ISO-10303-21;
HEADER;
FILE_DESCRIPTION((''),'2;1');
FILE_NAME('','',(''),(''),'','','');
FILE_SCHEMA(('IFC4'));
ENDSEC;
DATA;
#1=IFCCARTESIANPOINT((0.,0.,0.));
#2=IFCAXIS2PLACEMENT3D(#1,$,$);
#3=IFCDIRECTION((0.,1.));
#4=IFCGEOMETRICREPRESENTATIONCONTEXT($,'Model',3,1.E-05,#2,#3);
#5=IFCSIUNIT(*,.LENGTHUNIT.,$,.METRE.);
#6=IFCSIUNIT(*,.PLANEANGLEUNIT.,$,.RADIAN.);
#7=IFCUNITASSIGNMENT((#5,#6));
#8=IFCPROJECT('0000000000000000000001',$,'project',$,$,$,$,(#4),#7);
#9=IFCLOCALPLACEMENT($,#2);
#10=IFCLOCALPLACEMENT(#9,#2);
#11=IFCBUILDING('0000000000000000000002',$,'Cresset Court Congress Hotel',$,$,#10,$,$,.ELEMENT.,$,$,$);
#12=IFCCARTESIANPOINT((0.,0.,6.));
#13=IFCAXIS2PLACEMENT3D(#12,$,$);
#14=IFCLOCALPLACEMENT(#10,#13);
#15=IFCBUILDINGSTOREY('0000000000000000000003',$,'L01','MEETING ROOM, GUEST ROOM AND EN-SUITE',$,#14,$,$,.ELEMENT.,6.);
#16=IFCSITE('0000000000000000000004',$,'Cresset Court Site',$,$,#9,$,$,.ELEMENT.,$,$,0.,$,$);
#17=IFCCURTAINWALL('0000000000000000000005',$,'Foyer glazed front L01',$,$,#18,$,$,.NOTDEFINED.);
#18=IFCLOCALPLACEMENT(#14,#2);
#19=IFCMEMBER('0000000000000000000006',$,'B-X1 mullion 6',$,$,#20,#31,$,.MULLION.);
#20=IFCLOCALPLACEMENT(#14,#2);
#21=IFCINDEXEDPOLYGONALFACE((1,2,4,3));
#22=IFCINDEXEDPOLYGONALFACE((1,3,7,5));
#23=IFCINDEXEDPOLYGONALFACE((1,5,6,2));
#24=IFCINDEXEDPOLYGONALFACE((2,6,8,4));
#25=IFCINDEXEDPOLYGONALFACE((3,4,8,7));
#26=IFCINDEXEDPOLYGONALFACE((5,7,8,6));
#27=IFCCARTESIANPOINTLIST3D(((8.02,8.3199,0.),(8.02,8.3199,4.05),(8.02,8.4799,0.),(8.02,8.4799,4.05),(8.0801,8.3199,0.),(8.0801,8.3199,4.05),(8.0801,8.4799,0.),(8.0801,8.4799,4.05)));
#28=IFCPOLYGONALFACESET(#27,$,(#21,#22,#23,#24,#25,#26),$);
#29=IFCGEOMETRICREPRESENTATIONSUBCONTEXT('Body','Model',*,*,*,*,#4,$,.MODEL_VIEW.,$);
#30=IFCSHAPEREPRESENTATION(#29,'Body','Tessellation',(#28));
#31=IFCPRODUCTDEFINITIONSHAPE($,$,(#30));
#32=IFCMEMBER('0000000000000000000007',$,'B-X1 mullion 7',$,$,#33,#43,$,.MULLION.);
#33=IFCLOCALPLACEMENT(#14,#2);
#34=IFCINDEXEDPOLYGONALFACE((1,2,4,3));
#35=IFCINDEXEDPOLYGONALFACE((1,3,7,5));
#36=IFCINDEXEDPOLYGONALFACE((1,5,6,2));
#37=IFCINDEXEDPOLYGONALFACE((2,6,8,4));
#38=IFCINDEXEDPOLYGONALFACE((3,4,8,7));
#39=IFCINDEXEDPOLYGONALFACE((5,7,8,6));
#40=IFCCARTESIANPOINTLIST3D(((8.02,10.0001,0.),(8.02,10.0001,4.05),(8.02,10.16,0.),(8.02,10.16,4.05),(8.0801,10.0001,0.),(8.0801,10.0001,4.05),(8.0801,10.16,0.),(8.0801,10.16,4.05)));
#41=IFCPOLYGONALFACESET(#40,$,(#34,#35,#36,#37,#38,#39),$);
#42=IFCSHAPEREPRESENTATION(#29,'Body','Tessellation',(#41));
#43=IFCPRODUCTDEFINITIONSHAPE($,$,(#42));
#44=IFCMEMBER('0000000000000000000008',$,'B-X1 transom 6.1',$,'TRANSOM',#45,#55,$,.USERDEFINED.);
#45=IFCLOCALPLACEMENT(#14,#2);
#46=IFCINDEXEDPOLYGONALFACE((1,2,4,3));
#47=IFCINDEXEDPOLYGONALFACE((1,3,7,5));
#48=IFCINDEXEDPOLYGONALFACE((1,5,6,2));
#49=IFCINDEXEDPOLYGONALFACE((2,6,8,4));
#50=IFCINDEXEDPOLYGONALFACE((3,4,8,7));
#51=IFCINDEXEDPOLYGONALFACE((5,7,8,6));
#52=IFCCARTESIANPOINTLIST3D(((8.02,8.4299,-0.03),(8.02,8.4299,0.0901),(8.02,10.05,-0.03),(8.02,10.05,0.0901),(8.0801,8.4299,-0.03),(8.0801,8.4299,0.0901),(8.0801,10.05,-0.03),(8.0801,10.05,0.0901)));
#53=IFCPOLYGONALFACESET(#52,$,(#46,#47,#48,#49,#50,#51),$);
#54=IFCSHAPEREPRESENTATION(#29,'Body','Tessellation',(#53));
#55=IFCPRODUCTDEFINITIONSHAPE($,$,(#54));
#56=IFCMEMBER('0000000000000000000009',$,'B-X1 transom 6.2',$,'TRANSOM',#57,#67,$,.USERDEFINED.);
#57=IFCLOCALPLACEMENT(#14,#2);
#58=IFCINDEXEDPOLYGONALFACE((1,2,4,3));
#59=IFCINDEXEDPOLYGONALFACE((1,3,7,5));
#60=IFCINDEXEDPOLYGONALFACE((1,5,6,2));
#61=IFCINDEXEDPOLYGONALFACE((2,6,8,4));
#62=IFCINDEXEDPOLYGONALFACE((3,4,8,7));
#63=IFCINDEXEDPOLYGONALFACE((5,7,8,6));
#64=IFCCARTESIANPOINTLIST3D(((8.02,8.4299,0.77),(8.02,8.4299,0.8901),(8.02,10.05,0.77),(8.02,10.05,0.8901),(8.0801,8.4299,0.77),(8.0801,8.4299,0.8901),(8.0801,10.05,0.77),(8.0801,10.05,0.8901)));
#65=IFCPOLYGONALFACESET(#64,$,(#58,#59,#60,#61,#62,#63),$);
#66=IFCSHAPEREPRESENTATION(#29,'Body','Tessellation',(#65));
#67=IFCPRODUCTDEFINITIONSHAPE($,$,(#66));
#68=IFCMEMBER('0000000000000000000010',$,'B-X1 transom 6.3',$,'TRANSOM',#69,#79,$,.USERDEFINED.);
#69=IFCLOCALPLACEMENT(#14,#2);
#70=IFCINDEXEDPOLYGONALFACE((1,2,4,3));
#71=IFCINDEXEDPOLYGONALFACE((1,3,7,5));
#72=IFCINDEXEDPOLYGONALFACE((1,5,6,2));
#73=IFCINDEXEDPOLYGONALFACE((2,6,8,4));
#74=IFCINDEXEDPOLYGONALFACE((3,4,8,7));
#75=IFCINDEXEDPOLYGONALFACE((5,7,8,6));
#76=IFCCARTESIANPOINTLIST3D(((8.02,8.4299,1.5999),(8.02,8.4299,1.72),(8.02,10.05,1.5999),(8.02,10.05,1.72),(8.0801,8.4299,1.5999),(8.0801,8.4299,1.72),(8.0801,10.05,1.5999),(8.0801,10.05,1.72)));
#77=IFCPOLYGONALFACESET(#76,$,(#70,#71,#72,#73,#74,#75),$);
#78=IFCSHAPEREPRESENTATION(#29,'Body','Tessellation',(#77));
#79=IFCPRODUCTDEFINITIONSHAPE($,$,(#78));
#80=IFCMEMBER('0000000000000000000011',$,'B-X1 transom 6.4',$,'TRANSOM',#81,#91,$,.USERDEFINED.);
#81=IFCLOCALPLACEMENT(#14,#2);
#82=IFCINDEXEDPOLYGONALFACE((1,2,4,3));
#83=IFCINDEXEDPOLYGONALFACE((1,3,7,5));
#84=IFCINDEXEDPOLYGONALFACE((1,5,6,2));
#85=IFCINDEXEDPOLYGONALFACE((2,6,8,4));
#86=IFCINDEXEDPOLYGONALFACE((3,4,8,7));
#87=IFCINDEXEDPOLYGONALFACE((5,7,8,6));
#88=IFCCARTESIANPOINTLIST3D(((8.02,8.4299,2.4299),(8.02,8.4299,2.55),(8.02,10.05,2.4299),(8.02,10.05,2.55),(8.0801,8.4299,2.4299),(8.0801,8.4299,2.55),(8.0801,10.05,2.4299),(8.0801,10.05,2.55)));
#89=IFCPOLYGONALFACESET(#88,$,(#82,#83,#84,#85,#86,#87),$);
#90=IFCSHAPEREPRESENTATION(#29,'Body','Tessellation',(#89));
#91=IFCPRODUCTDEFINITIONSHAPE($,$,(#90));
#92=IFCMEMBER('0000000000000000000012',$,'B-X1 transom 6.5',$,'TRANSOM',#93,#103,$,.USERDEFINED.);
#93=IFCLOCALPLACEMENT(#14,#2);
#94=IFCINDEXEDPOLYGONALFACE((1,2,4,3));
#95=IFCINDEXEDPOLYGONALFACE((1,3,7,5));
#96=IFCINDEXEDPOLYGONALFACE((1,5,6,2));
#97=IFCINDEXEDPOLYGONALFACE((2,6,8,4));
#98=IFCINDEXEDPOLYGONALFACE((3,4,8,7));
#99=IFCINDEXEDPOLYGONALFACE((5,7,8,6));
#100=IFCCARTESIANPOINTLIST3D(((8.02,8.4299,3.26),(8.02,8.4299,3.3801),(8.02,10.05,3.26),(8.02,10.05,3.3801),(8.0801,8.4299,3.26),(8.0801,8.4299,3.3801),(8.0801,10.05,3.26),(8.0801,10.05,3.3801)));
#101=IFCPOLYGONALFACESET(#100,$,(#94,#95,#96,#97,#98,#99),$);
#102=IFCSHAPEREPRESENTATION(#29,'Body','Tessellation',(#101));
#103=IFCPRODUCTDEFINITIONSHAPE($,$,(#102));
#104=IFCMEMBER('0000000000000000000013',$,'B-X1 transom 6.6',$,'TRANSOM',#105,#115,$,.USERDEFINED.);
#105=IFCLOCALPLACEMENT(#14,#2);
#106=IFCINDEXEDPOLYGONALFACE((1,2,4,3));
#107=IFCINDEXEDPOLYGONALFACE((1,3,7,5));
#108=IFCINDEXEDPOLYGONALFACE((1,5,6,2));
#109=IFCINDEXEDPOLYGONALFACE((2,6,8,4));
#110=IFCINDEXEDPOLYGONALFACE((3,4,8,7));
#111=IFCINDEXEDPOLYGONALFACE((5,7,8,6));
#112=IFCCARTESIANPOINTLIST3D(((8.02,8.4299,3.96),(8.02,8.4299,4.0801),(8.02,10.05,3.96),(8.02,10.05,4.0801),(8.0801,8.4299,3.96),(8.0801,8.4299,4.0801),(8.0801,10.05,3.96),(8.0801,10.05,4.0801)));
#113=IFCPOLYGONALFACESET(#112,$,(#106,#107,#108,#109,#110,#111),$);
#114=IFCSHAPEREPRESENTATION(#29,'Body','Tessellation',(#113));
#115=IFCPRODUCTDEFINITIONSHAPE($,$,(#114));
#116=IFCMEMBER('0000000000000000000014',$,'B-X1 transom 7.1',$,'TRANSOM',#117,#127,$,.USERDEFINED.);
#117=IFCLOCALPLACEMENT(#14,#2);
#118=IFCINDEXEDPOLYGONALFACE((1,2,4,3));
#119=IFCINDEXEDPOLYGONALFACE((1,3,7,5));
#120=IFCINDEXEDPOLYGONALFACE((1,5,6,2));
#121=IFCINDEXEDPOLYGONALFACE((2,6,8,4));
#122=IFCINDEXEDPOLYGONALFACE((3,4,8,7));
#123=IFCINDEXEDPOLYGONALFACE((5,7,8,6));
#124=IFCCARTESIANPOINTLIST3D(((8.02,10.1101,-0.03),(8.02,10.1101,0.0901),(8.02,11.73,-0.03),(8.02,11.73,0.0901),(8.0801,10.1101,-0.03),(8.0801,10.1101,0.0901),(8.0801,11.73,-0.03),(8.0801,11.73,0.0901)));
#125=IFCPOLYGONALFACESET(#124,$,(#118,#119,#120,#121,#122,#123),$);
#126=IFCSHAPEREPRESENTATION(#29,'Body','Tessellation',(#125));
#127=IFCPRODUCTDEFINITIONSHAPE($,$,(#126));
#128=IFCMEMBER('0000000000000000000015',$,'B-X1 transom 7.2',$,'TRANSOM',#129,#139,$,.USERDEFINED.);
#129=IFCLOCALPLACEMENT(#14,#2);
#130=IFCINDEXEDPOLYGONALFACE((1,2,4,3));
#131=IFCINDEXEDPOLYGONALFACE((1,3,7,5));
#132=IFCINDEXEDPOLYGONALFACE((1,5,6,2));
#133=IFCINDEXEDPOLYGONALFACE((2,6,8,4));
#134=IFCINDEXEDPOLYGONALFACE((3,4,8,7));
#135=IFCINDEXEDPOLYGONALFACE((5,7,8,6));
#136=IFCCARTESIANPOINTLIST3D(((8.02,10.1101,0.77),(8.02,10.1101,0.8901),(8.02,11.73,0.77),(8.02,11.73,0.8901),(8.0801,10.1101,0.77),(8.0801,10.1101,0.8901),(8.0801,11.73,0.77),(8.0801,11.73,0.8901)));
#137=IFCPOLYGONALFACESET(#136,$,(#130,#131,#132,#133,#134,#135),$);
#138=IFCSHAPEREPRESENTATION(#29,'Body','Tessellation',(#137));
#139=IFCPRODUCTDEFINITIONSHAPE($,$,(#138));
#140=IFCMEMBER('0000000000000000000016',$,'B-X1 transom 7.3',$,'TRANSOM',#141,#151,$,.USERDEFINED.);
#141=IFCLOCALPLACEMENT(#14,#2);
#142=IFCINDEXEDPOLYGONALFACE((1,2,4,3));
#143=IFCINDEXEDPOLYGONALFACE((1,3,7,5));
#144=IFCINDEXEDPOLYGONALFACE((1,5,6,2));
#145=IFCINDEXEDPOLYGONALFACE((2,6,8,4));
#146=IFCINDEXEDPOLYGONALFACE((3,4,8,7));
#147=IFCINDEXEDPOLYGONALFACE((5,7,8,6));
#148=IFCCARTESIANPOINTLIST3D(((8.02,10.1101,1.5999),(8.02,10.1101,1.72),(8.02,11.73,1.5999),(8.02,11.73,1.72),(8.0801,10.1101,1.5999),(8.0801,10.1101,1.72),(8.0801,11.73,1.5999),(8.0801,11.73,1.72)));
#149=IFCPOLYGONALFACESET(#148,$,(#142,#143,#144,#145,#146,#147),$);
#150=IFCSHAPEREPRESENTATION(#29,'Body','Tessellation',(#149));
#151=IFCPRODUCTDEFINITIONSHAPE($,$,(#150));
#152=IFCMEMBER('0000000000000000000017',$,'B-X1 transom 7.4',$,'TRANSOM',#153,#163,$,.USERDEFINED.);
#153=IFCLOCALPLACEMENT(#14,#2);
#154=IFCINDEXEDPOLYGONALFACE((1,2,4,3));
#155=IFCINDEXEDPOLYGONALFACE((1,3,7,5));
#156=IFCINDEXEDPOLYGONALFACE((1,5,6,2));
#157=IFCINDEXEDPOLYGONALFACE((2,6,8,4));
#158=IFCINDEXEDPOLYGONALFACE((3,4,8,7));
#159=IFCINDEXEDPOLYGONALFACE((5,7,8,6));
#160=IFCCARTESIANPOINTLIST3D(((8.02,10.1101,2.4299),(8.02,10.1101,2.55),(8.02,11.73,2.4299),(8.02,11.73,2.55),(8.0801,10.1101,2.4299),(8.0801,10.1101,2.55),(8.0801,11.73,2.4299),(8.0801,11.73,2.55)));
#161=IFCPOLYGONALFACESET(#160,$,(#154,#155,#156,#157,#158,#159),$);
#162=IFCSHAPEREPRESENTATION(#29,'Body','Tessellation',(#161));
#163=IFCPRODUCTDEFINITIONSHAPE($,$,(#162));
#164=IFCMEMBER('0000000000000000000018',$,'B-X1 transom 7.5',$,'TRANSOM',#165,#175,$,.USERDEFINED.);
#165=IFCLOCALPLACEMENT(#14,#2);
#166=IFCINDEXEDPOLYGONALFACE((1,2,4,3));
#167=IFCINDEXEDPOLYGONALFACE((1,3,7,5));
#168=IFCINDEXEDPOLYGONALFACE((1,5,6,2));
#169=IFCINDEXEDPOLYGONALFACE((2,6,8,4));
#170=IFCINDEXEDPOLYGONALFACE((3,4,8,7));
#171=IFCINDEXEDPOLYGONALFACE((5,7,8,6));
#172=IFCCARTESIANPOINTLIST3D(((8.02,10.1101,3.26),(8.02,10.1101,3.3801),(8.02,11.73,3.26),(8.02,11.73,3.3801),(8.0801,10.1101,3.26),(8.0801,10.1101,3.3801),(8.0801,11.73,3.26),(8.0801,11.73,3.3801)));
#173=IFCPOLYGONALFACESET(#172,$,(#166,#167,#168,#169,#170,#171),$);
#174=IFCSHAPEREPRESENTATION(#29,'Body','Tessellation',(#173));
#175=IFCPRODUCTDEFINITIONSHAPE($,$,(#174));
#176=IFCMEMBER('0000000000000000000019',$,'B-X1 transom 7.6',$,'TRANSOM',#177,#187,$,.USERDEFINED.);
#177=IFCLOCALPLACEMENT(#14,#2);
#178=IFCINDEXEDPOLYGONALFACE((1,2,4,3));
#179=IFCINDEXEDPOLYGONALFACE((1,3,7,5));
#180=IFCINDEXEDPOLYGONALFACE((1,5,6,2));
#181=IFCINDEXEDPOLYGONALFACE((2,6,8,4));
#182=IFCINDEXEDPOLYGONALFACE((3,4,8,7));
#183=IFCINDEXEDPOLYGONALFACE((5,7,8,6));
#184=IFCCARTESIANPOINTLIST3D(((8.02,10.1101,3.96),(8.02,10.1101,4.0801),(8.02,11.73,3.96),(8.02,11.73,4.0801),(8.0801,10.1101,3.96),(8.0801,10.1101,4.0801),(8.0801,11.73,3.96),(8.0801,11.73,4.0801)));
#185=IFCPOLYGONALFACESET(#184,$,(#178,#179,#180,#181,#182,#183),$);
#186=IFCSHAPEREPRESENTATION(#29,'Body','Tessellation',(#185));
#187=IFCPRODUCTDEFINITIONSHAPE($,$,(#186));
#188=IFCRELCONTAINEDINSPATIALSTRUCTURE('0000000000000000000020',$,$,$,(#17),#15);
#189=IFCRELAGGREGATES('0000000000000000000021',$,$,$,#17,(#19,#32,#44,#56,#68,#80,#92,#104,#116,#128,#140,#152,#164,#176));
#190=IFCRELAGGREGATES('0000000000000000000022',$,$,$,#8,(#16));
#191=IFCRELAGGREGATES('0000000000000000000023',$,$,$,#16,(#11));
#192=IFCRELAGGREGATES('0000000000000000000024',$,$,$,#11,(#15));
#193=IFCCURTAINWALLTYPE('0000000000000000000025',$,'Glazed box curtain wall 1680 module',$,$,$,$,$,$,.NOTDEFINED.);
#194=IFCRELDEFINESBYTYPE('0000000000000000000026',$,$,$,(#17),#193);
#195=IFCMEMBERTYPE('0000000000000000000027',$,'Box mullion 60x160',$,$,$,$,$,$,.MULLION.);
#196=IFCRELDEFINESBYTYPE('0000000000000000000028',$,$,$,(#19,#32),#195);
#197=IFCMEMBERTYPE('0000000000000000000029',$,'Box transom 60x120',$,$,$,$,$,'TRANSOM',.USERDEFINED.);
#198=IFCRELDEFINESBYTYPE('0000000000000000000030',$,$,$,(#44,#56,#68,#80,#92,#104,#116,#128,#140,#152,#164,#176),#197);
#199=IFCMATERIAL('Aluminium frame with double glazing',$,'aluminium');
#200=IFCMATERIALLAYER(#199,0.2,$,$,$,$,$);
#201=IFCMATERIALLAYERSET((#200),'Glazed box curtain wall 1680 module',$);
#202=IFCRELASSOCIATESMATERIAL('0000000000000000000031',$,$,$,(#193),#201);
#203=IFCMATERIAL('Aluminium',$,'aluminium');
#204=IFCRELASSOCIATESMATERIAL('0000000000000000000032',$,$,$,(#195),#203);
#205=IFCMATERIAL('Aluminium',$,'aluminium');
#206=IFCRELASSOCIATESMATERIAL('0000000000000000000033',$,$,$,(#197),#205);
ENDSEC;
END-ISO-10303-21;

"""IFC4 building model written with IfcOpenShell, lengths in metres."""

from ifc_helpers import new_model, si_unit, direction, frame, origin, origin_2d, place, context, subcontext, project, spatial, rectangle, extrude, material, layer, layer_set, material_profile, profile_set, type_object, element, aggregate, save


model = new_model("IFC4")

# Units and contexts
model_context = context("Model", 3, precision=1e-05, world=origin(), true_north=direction((0.0, 1.0)))
body_context = subcontext(model_context, "Body", "Model", "MODEL_VIEW")
ifc_project = project(units=[si_unit("LENGTHUNIT", "METRE"), si_unit("PLANEANGLEUNIT", "RADIAN")], contexts=[model_context])

# Site, building, storey
site_placement = place(None, origin())
site = spatial("IfcSite", under=ifc_project, at=site_placement, Name="Cresset Court Site", CompositionType="ELEMENT", RefElevation=0.0)
building_placement = place(site_placement, origin())
building = spatial("IfcBuilding", under=site, at=building_placement, Name="Cresset Court Congress Hotel", CompositionType="ELEMENT")
storey_placement = place(building_placement, frame((0.0, 0.0, 6.0)))
storey = spatial("IfcBuildingStorey", under=building, at=storey_placement, Name="L01", Description="MEETING ROOM, GUEST ROOM AND EN-SUITE", CompositionType="ELEMENT", Elevation=6.0)

# Curtain wall, members
ifc_material_1 = material(Name="Aluminium frame with double glazing", Category="aluminium")
ifc_layer_1 = layer(ifc_material_1, 0.2)
ifc_layer_set_1 = layer_set([ifc_layer_1], Name="Glazed box curtain wall 1680 module")
curtain_wall_type = type_object("IfcCurtainWallType", Name="Glazed box curtain wall 1680 module", PredefinedType="NOTDEFINED", material=ifc_layer_set_1)
curtain_wall_placement = place(storey_placement, origin())
curtain_wall = element("IfcCurtainWall", 1, at=curtain_wall_placement, inside=storey, type_object=curtain_wall_type, Name="Foyer glazed front L01", PredefinedType="NOTDEFINED")
ifc_material_2 = material(Name="Aluminium", Category="aluminium")
ifc_material_profile_1 = material_profile(ifc_material_2, rectangle(XDim=0.0601, YDim=0.1599, at=origin_2d()), Name="Box mullion 60x160")
ifc_profile_set_1 = profile_set([ifc_material_profile_1], Name="Aluminium")
member_type_1 = type_object("IfcMemberType", Name="Box mullion 60x160", PredefinedType="MULLION", material=ifc_profile_set_1)
member_1_placement = place(storey_placement, frame((8.05, 8.3999, 0.0), z_axis=(0.0, 0.0, 1.0), x_axis=(-1.0, 0.0, 0.0)))
member_1 = element("IfcMember", 2, at=member_1_placement, type_object=member_type_1, Name="B-X1 mullion 6", PredefinedType="MULLION", context=body_context, shape_type="SweptSolid", body=[
    extrude(rectangle(XDim=0.0601, YDim=0.1599, at=origin_2d()), origin(), (0.0, 0.0, 1.0), 4.05),
])
member_2_placement = place(storey_placement, frame((8.05, 10.0801, 0.0), z_axis=(0.0, 0.0, 1.0), x_axis=(-1.0, 0.0, 0.0)))
member_2 = element("IfcMember", 3, at=member_2_placement, type_object=member_type_1, Name="B-X1 mullion 7", PredefinedType="MULLION", context=body_context, shape_type="SweptSolid", body=[
    extrude(rectangle(XDim=0.0601, YDim=0.1599, at=origin_2d()), origin(), (0.0, 0.0, 1.0), 4.05),
])
ifc_material_3 = material(Name="Aluminium", Category="aluminium")
ifc_material_profile_2 = material_profile(ifc_material_3, rectangle(XDim=0.0601, YDim=0.1201, at=origin_2d()), Name="Box transom 60x120")
ifc_profile_set_2 = profile_set([ifc_material_profile_2], Name="Aluminium")
member_type_2 = type_object("IfcMemberType", Name="Box transom 60x120", ElementType="TRANSOM", PredefinedType="USERDEFINED", material=ifc_profile_set_2)
member_3_placement = place(storey_placement, frame((8.05, 8.4299, 0.03), z_axis=(0.0, 1.0, 0.0), x_axis=(-1.0, 0.0, 0.0)))
member_3 = element("IfcMember", 4, at=member_3_placement, type_object=member_type_2, Name="B-X1 transom 6.1", ObjectType="TRANSOM", PredefinedType="USERDEFINED", context=body_context, shape_type="SweptSolid", body=[
    extrude(rectangle(XDim=0.0601, YDim=0.1201, at=origin_2d()), origin(), (0.0, 0.0, 1.0), 1.6201),
])
member_4_placement = place(storey_placement, frame((8.05, 8.4299, 0.8301), z_axis=(0.0, 1.0, 0.0), x_axis=(-1.0, 0.0, 0.0)))
member_4 = element("IfcMember", 5, at=member_4_placement, type_object=member_type_2, Name="B-X1 transom 6.2", ObjectType="TRANSOM", PredefinedType="USERDEFINED", context=body_context, shape_type="SweptSolid", body=[
    extrude(rectangle(XDim=0.0601, YDim=0.1201, at=origin_2d()), origin(), (0.0, 0.0, 1.0), 1.6201),
])
member_5_placement = place(storey_placement, frame((8.05, 8.4299, 1.6599), z_axis=(0.0, 1.0, 0.0), x_axis=(-1.0, 0.0, 0.0)))
member_5 = element("IfcMember", 6, at=member_5_placement, type_object=member_type_2, Name="B-X1 transom 6.3", ObjectType="TRANSOM", PredefinedType="USERDEFINED", context=body_context, shape_type="SweptSolid", body=[
    extrude(rectangle(XDim=0.0601, YDim=0.1201, at=origin_2d()), origin(), (0.0, 0.0, 1.0), 1.6201),
])
member_6_placement = place(storey_placement, frame((8.05, 8.4299, 2.49), z_axis=(0.0, 1.0, 0.0), x_axis=(-1.0, 0.0, 0.0)))
member_6 = element("IfcMember", 7, at=member_6_placement, type_object=member_type_2, Name="B-X1 transom 6.4", ObjectType="TRANSOM", PredefinedType="USERDEFINED", context=body_context, shape_type="SweptSolid", body=[
    extrude(rectangle(XDim=0.0601, YDim=0.1201, at=origin_2d()), origin(), (0.0, 0.0, 1.0), 1.6201),
])
member_7_placement = place(storey_placement, frame((8.05, 8.4299, 3.3201), z_axis=(0.0, 1.0, 0.0), x_axis=(-1.0, 0.0, 0.0)))
member_7 = element("IfcMember", 8, at=member_7_placement, type_object=member_type_2, Name="B-X1 transom 6.5", ObjectType="TRANSOM", PredefinedType="USERDEFINED", context=body_context, shape_type="SweptSolid", body=[
    extrude(rectangle(XDim=0.0601, YDim=0.1201, at=origin_2d()), origin(), (0.0, 0.0, 1.0), 1.6201),
])
member_8_placement = place(storey_placement, frame((8.05, 8.4299, 4.02), z_axis=(0.0, 1.0, 0.0), x_axis=(-1.0, 0.0, 0.0)))
member_8 = element("IfcMember", 9, at=member_8_placement, type_object=member_type_2, Name="B-X1 transom 6.6", ObjectType="TRANSOM", PredefinedType="USERDEFINED", context=body_context, shape_type="SweptSolid", body=[
    extrude(rectangle(XDim=0.0601, YDim=0.1201, at=origin_2d()), origin(), (0.0, 0.0, 1.0), 1.6201),
])
member_9_placement = place(storey_placement, frame((8.05, 10.1101, 0.03), z_axis=(0.0, 1.0, 0.0), x_axis=(-1.0, 0.0, 0.0)))
member_9 = element("IfcMember", 10, at=member_9_placement, type_object=member_type_2, Name="B-X1 transom 7.1", ObjectType="TRANSOM", PredefinedType="USERDEFINED", context=body_context, shape_type="SweptSolid", body=[
    extrude(rectangle(XDim=0.0601, YDim=0.1201, at=origin_2d()), origin(), (0.0, 0.0, 1.0), 1.6199),
])
member_10_placement = place(storey_placement, frame((8.05, 10.1101, 0.8301), z_axis=(0.0, 1.0, 0.0), x_axis=(-1.0, 0.0, 0.0)))
member_10 = element("IfcMember", 11, at=member_10_placement, type_object=member_type_2, Name="B-X1 transom 7.2", ObjectType="TRANSOM", PredefinedType="USERDEFINED", context=body_context, shape_type="SweptSolid", body=[
    extrude(rectangle(XDim=0.0601, YDim=0.1201, at=origin_2d()), origin(), (0.0, 0.0, 1.0), 1.6199),
])
member_11_placement = place(storey_placement, frame((8.05, 10.1101, 1.6599), z_axis=(0.0, 1.0, 0.0), x_axis=(-1.0, 0.0, 0.0)))
member_11 = element("IfcMember", 12, at=member_11_placement, type_object=member_type_2, Name="B-X1 transom 7.3", ObjectType="TRANSOM", PredefinedType="USERDEFINED", context=body_context, shape_type="SweptSolid", body=[
    extrude(rectangle(XDim=0.0601, YDim=0.1201, at=origin_2d()), origin(), (0.0, 0.0, 1.0), 1.6199),
])
member_12_placement = place(storey_placement, frame((8.05, 10.1101, 2.49), z_axis=(0.0, 1.0, 0.0), x_axis=(-1.0, 0.0, 0.0)))
member_12 = element("IfcMember", 13, at=member_12_placement, type_object=member_type_2, Name="B-X1 transom 7.4", ObjectType="TRANSOM", PredefinedType="USERDEFINED", context=body_context, shape_type="SweptSolid", body=[
    extrude(rectangle(XDim=0.0601, YDim=0.1201, at=origin_2d()), origin(), (0.0, 0.0, 1.0), 1.6199),
])
member_13_placement = place(storey_placement, frame((8.05, 10.1101, 3.3201), z_axis=(0.0, 1.0, 0.0), x_axis=(-1.0, 0.0, 0.0)))
member_13 = element("IfcMember", 14, at=member_13_placement, type_object=member_type_2, Name="B-X1 transom 7.5", ObjectType="TRANSOM", PredefinedType="USERDEFINED", context=body_context, shape_type="SweptSolid", body=[
    extrude(rectangle(XDim=0.0601, YDim=0.1201, at=origin_2d()), origin(), (0.0, 0.0, 1.0), 1.6199),
])
member_14_placement = place(storey_placement, frame((8.05, 10.1101, 4.02), z_axis=(0.0, 1.0, 0.0), x_axis=(-1.0, 0.0, 0.0)))
member_14 = element("IfcMember", 15, at=member_14_placement, type_object=member_type_2, Name="B-X1 transom 7.6", ObjectType="TRANSOM", PredefinedType="USERDEFINED", context=body_context, shape_type="SweptSolid", body=[
    extrude(rectangle(XDim=0.0601, YDim=0.1201, at=origin_2d()), origin(), (0.0, 0.0, 1.0), 1.6199),
])
aggregate(curtain_wall, [member_1, member_2, member_3, member_4, member_5, member_6, member_7, member_8, member_9, member_10, member_11, member_12, member_13, member_14])

save(model, "model.ifc")
